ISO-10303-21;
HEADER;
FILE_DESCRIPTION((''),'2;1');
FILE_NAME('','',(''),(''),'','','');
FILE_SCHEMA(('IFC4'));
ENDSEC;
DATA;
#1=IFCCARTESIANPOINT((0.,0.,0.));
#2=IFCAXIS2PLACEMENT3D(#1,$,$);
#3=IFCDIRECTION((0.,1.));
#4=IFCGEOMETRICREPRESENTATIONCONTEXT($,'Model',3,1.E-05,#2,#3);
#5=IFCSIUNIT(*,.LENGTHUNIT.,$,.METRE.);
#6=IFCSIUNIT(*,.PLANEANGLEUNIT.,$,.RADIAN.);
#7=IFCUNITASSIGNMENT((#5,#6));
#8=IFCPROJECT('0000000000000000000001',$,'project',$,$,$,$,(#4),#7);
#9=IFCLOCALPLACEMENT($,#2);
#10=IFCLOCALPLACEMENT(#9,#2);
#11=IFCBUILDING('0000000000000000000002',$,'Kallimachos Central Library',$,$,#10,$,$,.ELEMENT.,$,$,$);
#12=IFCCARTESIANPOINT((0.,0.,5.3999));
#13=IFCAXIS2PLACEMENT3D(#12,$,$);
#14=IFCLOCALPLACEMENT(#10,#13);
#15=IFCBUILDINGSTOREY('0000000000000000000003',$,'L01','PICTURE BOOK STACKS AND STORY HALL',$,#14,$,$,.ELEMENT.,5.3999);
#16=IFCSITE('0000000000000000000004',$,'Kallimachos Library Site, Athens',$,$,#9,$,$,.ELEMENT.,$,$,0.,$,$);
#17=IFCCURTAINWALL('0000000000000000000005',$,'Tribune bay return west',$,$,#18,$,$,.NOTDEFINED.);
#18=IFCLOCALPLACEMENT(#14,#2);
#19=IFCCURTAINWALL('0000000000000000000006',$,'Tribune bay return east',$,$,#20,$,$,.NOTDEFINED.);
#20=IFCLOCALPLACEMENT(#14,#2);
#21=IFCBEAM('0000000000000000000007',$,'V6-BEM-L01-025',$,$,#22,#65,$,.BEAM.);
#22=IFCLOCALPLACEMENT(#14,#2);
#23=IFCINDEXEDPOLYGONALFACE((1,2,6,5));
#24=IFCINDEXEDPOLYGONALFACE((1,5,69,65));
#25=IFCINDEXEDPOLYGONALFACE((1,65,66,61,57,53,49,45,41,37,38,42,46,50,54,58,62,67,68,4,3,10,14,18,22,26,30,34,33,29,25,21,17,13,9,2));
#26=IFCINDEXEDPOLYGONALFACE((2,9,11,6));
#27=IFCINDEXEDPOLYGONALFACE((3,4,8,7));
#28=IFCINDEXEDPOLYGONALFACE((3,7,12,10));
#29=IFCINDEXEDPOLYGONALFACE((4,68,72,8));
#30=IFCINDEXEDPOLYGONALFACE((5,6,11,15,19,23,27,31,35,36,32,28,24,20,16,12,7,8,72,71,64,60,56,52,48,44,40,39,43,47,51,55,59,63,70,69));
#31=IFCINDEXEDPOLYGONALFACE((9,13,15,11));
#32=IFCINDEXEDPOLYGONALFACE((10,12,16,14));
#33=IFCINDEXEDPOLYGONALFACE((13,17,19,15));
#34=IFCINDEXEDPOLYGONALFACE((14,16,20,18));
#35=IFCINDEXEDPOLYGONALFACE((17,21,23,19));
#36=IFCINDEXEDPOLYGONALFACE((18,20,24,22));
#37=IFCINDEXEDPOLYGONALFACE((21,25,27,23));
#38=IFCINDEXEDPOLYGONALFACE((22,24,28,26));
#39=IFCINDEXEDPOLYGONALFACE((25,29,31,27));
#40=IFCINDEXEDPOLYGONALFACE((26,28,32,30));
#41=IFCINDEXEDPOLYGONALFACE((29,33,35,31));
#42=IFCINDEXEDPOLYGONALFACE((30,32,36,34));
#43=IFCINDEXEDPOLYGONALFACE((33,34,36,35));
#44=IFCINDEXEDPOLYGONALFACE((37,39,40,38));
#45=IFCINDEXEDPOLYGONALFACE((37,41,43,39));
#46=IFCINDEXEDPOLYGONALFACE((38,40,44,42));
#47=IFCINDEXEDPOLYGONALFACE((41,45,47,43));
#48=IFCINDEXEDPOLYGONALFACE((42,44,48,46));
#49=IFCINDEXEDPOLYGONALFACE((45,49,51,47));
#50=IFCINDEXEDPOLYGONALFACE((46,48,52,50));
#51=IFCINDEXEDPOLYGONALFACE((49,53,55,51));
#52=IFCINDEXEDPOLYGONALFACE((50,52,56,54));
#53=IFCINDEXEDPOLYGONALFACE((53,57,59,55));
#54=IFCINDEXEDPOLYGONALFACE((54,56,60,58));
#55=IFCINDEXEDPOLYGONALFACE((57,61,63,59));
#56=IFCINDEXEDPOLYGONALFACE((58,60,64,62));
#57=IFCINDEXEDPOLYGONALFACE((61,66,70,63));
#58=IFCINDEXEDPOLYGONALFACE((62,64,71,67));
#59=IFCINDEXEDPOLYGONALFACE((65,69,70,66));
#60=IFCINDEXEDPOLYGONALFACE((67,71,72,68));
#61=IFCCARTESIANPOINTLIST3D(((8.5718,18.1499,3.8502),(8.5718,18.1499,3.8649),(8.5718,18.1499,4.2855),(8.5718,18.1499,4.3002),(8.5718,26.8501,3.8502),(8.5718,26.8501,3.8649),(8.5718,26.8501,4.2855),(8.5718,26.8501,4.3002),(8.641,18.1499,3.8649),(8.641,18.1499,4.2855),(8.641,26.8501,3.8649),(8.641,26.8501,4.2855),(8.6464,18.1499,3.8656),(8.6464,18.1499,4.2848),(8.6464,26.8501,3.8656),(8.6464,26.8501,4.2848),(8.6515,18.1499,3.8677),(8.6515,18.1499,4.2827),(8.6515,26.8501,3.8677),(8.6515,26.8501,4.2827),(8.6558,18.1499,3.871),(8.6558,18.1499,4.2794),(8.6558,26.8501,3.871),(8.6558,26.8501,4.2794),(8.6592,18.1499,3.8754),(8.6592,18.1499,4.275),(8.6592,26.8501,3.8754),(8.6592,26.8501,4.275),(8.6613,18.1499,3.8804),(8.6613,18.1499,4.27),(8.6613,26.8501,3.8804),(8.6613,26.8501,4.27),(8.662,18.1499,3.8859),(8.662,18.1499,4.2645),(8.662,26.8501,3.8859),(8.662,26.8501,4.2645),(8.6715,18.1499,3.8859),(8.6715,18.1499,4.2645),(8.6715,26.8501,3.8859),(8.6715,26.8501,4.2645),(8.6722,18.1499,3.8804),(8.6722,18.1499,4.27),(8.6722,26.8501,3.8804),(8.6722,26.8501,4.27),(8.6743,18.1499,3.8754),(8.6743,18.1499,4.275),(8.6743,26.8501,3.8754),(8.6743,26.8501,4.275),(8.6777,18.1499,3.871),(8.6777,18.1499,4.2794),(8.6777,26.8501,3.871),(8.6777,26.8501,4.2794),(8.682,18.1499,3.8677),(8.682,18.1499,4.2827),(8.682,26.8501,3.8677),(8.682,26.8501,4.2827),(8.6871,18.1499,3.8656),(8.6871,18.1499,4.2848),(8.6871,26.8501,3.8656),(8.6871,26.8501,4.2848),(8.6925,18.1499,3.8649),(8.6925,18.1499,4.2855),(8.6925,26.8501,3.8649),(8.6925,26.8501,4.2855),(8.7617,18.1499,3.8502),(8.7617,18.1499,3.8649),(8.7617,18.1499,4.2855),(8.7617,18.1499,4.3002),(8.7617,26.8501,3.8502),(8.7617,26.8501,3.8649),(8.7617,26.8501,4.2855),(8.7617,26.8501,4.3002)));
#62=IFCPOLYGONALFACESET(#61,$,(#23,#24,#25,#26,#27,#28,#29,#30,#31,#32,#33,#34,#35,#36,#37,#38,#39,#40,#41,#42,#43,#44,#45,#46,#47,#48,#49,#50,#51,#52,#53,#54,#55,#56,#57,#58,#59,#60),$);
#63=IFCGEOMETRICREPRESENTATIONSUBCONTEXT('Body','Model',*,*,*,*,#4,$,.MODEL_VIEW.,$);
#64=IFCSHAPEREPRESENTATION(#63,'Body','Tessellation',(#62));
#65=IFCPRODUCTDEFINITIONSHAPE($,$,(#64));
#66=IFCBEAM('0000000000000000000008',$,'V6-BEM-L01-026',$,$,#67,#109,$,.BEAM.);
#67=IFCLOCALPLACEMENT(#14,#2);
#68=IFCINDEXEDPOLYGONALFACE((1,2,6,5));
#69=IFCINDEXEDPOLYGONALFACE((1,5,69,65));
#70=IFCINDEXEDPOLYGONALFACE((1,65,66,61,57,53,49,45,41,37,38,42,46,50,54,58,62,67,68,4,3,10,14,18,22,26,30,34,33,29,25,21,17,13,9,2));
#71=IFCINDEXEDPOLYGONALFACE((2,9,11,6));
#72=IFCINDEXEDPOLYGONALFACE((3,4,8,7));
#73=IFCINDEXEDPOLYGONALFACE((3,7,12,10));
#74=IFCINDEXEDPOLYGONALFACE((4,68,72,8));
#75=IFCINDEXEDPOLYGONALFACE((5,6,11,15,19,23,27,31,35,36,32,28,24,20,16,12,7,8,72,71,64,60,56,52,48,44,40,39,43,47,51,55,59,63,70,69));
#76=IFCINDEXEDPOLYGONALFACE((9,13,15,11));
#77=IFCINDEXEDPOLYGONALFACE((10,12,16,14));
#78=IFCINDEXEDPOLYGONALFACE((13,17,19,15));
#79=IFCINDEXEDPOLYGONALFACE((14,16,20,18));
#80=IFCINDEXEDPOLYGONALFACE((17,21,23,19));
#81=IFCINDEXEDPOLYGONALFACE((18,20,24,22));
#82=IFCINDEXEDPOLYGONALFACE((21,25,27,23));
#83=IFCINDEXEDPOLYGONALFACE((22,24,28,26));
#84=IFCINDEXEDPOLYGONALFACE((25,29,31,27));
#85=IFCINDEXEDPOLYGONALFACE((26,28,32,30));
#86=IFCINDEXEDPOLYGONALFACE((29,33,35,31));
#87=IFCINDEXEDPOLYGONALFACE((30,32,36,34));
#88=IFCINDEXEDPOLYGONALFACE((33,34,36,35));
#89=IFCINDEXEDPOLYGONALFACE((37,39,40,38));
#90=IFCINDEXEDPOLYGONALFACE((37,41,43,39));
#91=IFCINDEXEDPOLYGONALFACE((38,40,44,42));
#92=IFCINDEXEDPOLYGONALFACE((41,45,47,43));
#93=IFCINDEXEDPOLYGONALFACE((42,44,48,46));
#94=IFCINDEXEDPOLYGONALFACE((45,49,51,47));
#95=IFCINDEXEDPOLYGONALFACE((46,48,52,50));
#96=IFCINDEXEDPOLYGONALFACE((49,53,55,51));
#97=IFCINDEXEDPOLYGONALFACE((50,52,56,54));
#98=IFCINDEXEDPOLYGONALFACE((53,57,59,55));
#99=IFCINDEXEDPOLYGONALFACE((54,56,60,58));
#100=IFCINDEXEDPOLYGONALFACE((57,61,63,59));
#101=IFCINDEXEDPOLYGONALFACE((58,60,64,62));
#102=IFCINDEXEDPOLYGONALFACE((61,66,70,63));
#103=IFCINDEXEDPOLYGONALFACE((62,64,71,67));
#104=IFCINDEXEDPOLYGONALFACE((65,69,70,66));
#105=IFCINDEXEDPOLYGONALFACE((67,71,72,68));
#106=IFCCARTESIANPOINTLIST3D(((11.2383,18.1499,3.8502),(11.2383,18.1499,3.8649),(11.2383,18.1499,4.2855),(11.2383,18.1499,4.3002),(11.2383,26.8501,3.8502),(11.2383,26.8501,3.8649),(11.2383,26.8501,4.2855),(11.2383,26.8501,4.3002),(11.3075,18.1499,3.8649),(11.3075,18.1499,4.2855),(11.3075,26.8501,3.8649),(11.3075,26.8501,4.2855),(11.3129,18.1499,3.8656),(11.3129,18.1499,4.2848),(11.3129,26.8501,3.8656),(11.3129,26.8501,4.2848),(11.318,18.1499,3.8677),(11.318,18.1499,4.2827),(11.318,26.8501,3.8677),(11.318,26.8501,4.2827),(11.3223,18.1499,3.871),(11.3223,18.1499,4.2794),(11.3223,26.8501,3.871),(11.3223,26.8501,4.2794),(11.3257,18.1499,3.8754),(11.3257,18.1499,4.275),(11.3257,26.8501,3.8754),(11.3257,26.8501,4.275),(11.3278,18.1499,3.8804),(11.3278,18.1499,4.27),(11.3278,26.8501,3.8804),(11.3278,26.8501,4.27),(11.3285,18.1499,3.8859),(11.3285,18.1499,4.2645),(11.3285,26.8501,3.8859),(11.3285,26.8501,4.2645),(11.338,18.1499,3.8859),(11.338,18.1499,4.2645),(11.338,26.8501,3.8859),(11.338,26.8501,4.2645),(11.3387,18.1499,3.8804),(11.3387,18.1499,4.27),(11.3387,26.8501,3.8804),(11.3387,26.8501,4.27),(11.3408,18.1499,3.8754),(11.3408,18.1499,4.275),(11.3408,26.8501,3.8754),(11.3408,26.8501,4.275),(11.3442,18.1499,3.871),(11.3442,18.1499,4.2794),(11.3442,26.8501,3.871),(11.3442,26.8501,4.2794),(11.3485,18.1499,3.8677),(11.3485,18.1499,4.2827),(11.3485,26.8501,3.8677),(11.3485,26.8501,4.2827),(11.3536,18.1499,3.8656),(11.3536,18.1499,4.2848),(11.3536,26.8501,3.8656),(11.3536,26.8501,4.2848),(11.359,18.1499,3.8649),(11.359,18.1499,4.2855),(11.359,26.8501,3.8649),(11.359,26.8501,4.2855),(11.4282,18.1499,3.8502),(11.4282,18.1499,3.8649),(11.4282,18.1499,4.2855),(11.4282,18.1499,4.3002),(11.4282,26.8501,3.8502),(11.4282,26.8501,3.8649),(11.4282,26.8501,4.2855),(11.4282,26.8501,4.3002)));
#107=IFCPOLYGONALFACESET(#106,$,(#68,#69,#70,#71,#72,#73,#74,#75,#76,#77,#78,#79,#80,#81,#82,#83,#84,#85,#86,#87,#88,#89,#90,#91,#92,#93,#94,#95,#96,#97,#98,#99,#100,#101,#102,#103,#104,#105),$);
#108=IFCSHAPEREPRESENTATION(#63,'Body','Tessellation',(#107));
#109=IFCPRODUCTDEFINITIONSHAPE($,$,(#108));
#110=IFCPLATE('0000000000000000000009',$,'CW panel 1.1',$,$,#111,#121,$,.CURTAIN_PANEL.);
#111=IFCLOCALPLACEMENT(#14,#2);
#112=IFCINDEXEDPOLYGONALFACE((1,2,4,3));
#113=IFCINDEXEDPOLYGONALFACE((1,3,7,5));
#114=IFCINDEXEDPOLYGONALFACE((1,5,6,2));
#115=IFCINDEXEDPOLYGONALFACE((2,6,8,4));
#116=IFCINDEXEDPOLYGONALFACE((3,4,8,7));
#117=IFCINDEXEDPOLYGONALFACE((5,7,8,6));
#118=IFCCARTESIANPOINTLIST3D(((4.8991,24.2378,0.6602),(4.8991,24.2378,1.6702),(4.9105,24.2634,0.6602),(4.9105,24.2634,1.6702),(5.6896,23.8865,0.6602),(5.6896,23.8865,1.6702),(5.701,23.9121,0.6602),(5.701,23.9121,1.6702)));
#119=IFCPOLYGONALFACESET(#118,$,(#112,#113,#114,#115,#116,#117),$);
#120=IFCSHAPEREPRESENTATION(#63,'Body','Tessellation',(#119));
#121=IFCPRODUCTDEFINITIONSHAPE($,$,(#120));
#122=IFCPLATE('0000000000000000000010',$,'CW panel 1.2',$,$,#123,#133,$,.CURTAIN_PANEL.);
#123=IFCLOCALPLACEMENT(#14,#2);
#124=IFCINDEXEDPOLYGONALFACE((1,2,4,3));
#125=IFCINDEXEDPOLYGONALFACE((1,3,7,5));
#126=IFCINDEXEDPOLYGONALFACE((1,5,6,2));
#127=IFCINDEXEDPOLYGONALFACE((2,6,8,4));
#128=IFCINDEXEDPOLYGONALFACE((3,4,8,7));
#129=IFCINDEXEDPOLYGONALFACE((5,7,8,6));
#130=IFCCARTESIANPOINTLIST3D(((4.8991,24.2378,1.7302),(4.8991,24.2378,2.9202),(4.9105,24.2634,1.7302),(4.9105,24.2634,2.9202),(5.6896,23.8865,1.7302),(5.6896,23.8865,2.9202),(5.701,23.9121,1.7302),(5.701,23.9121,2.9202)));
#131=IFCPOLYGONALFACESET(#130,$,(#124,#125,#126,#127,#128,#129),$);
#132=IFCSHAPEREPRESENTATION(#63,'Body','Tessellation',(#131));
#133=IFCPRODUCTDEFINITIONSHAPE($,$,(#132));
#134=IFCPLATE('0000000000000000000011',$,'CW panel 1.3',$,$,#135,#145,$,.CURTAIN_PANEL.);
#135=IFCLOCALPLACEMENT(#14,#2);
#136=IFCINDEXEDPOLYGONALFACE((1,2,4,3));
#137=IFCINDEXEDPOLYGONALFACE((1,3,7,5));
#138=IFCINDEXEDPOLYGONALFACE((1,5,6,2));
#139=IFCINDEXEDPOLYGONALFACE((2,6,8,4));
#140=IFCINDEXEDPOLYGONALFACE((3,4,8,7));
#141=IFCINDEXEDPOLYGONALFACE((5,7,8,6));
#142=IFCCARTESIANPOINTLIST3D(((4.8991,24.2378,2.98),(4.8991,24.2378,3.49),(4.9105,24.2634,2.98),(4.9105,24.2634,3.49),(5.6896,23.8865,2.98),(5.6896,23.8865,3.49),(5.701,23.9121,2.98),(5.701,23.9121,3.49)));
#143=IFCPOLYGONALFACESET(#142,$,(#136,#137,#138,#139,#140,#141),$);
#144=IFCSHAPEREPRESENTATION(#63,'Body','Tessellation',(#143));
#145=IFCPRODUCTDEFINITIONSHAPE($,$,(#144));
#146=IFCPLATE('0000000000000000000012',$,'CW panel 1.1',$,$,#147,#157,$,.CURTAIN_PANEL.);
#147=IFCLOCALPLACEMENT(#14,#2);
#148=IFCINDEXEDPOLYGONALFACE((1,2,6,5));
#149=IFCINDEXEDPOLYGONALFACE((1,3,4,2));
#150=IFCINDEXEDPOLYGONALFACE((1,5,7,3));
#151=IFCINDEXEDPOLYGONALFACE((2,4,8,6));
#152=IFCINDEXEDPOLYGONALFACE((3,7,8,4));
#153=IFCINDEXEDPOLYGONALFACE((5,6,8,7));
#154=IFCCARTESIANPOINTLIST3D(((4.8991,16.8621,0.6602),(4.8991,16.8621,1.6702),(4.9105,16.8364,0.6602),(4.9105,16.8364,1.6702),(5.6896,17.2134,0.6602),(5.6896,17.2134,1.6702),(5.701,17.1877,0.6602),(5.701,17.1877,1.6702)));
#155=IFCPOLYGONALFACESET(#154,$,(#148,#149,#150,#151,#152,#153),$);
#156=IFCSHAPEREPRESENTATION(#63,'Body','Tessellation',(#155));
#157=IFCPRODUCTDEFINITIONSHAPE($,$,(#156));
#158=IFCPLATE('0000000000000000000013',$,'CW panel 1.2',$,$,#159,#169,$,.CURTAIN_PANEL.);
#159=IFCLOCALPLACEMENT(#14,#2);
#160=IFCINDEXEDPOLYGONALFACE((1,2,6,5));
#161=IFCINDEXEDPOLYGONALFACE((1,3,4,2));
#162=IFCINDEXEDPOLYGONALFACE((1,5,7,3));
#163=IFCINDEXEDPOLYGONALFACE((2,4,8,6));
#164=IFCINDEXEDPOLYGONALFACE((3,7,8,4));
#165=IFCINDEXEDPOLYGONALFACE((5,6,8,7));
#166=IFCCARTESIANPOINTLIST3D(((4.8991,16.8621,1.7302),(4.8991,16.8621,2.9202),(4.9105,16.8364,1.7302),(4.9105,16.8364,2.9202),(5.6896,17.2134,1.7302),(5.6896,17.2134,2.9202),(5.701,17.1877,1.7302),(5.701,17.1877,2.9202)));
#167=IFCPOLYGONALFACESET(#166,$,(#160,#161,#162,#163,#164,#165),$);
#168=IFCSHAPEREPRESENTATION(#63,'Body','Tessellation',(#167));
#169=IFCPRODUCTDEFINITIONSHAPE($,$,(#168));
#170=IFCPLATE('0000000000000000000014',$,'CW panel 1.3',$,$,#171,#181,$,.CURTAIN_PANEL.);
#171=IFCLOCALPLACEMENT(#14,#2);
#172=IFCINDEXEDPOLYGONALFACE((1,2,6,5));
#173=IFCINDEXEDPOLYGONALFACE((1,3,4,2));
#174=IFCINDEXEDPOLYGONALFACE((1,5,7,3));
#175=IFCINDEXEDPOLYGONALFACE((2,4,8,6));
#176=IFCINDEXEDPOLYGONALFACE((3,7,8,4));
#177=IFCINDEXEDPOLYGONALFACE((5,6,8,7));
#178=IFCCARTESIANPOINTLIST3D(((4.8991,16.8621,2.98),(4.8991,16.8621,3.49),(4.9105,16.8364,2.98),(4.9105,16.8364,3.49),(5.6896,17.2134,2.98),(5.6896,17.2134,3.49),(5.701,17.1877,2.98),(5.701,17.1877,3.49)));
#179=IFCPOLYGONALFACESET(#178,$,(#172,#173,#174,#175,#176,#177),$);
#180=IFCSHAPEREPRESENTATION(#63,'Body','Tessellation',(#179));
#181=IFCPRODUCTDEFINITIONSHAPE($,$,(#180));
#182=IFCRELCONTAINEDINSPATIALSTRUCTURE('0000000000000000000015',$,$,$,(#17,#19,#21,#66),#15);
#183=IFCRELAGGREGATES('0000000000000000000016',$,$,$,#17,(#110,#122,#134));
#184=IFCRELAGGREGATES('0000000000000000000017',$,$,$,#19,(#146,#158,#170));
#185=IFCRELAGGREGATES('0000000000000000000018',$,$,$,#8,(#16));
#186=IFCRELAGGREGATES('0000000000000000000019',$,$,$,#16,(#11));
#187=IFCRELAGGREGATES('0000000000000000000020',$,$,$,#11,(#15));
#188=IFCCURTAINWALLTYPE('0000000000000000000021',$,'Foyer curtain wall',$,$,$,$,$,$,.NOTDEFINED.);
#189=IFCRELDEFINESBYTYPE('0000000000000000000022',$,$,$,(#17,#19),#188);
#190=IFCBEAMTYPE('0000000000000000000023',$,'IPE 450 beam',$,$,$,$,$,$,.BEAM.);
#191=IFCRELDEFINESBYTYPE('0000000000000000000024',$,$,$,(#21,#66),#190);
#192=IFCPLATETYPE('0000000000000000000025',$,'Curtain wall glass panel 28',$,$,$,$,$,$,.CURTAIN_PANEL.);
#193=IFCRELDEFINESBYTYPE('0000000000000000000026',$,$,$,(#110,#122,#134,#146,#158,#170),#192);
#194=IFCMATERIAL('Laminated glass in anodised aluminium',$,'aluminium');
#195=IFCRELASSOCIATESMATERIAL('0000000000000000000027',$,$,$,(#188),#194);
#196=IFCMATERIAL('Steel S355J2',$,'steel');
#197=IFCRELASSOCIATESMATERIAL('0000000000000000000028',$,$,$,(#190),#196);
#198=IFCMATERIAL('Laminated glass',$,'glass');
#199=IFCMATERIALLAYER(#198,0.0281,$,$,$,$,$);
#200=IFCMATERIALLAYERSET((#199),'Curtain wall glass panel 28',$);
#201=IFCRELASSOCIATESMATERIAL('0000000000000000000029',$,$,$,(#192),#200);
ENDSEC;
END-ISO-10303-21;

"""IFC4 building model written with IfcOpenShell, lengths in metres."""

from ifc_helpers import new_model, si_unit, direction, frame, origin, origin_2d, place, context, subcontext, project, spatial, rectangle, i_section, extrude, material, layer, layer_set, material_profile, profile_set, type_object, element, aggregate, save


model = new_model("IFC4")

# Units and contexts
model_context = context("Model", 3, precision=1e-05, world=origin(), true_north=direction((0.0, 1.0)))
body_context = subcontext(model_context, "Body", "Model", "MODEL_VIEW")
ifc_project = project(units=[si_unit("LENGTHUNIT", "METRE"), si_unit("PLANEANGLEUNIT", "RADIAN")], contexts=[model_context])

# Site, building, storey
site_placement = place(None, origin())
site = spatial("IfcSite", under=ifc_project, at=site_placement, Name="Kallimachos Library Site, Athens", CompositionType="ELEMENT", RefElevation=0.0)
building_placement = place(site_placement, origin())
building = spatial("IfcBuilding", under=site, at=building_placement, Name="Kallimachos Central Library", CompositionType="ELEMENT")
storey_placement = place(building_placement, frame((0.0, 0.0, 5.3999)))
storey = spatial("IfcBuildingStorey", under=building, at=storey_placement, Name="L01", Description="PICTURE BOOK STACKS AND STORY HALL", CompositionType="ELEMENT", Elevation=5.3999)

# Curtain walls
ifc_material_1 = material(Name="Laminated glass in anodised aluminium", Category="aluminium")
curtain_wall_type = type_object("IfcCurtainWallType", Name="Foyer curtain wall", PredefinedType="NOTDEFINED", material=ifc_material_1)
curtain_wall_1_placement = place(storey_placement, origin())
curtain_wall_1 = element("IfcCurtainWall", 1, at=curtain_wall_1_placement, inside=storey, type_object=curtain_wall_type, Name="Tribune bay return west", PredefinedType="NOTDEFINED")
curtain_wall_2_placement = place(storey_placement, origin())
curtain_wall_2 = element("IfcCurtainWall", 2, at=curtain_wall_2_placement, inside=storey, type_object=curtain_wall_type, Name="Tribune bay return east", PredefinedType="NOTDEFINED")

# Beams
ifc_material_2 = material(Name="Steel S355J2", Category="steel")
ifc_material_profile_1 = material_profile(ifc_material_2, i_section(OverallWidth=0.1899, OverallDepth=0.45, WebThickness=0.0095, FlangeThickness=0.0146, FilletRadius=0.021, at=origin_2d()), Name="IPE 450")
ifc_profile_set_1 = profile_set([ifc_material_profile_1], Name="Steel S355J2")
beam_type_1 = type_object("IfcBeamType", Name="IPE 450 beam", PredefinedType="BEAM", material=ifc_profile_set_1)
for number, where, z_axis, x_axis, name in (
    (3, (8.6667, 18.1499, 4.0752), (0.0, 1.0, 0.0), (-1.0, 0.0, 0.0), "V6-BEM-L01-025"),
    (4, (11.3333, 18.1499, 4.0752), (0.0, 1.0, 0.0), (-1.0, 0.0, 0.0), "V6-BEM-L01-026"),
):
    element("IfcBeam", number, at=place(storey_placement, frame(where, z_axis=z_axis, x_axis=x_axis)), inside=storey, type_object=beam_type_1, Name=name, PredefinedType="BEAM", context=body_context, shape_type="SweptSolid", body=[
        extrude(i_section(OverallWidth=0.1899, OverallDepth=0.45, WebThickness=0.0095, FlangeThickness=0.0146, FilletRadius=0.021, at=origin_2d()), origin(), (0.0, 0.0, 1.0), 8.7002),
    ])

# Plates
ifc_material_3 = material(Name="Laminated glass", Category="glass")
ifc_layer_1 = layer(ifc_material_3, 0.0281)
ifc_layer_set_1 = layer_set([ifc_layer_1], Name="Curtain wall glass panel 28")
plate_type = type_object("IfcPlateType", Name="Curtain wall glass panel 28", PredefinedType="CURTAIN_PANEL", material=ifc_layer_set_1)
plate_1_placement = place(storey_placement, frame((5.3, 24.075, 0.6602), z_axis=(0.0, 0.0, 1.0), x_axis=(-0.913812, 0.406138, 0.0)))
plate_1 = element("IfcPlate", 5, at=plate_1_placement, type_object=plate_type, Name="CW panel 1.1", PredefinedType="CURTAIN_PANEL", context=body_context, shape_type="SweptSolid", body=[
    extrude(rectangle(XDim=0.865, YDim=0.0281, at=origin_2d()), origin(), (0.0, 0.0, 1.0), 1.01),
])
plate_2_placement = place(storey_placement, frame((5.3, 24.075, 1.7302), z_axis=(0.0, 0.0, 1.0), x_axis=(-0.913812, 0.406138, 0.0)))
plate_2 = element("IfcPlate", 6, at=plate_2_placement, type_object=plate_type, Name="CW panel 1.2", PredefinedType="CURTAIN_PANEL", context=body_context, shape_type="SweptSolid", body=[
    extrude(rectangle(XDim=0.865, YDim=0.0281, at=origin_2d()), origin(), (0.0, 0.0, 1.0), 1.1899),
])
plate_3_placement = place(storey_placement, frame((5.3, 24.075, 2.98), z_axis=(0.0, 0.0, 1.0), x_axis=(-0.913812, 0.406138, 0.0)))
plate_3 = element("IfcPlate", 7, at=plate_3_placement, type_object=plate_type, Name="CW panel 1.3", PredefinedType="CURTAIN_PANEL", context=body_context, shape_type="SweptSolid", body=[
    extrude(rectangle(XDim=0.865, YDim=0.0281, at=origin_2d()), origin(), (0.0, 0.0, 1.0), 0.51),
])
aggregate(curtain_wall_1, [plate_1, plate_2, plate_3])
plate_4_placement = place(storey_placement, frame((5.3, 17.0249, 0.6602), z_axis=(0.0, 0.0, 1.0), x_axis=(0.913812, 0.406138, 0.0)))
plate_4 = element("IfcPlate", 8, at=plate_4_placement, type_object=plate_type, Name="CW panel 1.1", PredefinedType="CURTAIN_PANEL", context=body_context, shape_type="SweptSolid", body=[
    extrude(rectangle(XDim=0.865, YDim=0.0281, at=origin_2d()), origin(), (0.0, 0.0, 1.0), 1.01),
])
plate_5_placement = place(storey_placement, frame((5.3, 17.0249, 1.7302), z_axis=(0.0, 0.0, 1.0), x_axis=(0.913812, 0.406138, 0.0)))
plate_5 = element("IfcPlate", 9, at=plate_5_placement, type_object=plate_type, Name="CW panel 1.2", PredefinedType="CURTAIN_PANEL", context=body_context, shape_type="SweptSolid", body=[
    extrude(rectangle(XDim=0.865, YDim=0.0281, at=origin_2d()), origin(), (0.0, 0.0, 1.0), 1.1899),
])
plate_6_placement = place(storey_placement, frame((5.3, 17.0249, 2.98), z_axis=(0.0, 0.0, 1.0), x_axis=(0.913812, 0.406138, 0.0)))
plate_6 = element("IfcPlate", 10, at=plate_6_placement, type_object=plate_type, Name="CW panel 1.3", PredefinedType="CURTAIN_PANEL", context=body_context, shape_type="SweptSolid", body=[
    extrude(rectangle(XDim=0.865, YDim=0.0281, at=origin_2d()), origin(), (0.0, 0.0, 1.0), 0.51),
])
aggregate(curtain_wall_2, [plate_4, plate_5, plate_6])

save(model, "model.ifc")
